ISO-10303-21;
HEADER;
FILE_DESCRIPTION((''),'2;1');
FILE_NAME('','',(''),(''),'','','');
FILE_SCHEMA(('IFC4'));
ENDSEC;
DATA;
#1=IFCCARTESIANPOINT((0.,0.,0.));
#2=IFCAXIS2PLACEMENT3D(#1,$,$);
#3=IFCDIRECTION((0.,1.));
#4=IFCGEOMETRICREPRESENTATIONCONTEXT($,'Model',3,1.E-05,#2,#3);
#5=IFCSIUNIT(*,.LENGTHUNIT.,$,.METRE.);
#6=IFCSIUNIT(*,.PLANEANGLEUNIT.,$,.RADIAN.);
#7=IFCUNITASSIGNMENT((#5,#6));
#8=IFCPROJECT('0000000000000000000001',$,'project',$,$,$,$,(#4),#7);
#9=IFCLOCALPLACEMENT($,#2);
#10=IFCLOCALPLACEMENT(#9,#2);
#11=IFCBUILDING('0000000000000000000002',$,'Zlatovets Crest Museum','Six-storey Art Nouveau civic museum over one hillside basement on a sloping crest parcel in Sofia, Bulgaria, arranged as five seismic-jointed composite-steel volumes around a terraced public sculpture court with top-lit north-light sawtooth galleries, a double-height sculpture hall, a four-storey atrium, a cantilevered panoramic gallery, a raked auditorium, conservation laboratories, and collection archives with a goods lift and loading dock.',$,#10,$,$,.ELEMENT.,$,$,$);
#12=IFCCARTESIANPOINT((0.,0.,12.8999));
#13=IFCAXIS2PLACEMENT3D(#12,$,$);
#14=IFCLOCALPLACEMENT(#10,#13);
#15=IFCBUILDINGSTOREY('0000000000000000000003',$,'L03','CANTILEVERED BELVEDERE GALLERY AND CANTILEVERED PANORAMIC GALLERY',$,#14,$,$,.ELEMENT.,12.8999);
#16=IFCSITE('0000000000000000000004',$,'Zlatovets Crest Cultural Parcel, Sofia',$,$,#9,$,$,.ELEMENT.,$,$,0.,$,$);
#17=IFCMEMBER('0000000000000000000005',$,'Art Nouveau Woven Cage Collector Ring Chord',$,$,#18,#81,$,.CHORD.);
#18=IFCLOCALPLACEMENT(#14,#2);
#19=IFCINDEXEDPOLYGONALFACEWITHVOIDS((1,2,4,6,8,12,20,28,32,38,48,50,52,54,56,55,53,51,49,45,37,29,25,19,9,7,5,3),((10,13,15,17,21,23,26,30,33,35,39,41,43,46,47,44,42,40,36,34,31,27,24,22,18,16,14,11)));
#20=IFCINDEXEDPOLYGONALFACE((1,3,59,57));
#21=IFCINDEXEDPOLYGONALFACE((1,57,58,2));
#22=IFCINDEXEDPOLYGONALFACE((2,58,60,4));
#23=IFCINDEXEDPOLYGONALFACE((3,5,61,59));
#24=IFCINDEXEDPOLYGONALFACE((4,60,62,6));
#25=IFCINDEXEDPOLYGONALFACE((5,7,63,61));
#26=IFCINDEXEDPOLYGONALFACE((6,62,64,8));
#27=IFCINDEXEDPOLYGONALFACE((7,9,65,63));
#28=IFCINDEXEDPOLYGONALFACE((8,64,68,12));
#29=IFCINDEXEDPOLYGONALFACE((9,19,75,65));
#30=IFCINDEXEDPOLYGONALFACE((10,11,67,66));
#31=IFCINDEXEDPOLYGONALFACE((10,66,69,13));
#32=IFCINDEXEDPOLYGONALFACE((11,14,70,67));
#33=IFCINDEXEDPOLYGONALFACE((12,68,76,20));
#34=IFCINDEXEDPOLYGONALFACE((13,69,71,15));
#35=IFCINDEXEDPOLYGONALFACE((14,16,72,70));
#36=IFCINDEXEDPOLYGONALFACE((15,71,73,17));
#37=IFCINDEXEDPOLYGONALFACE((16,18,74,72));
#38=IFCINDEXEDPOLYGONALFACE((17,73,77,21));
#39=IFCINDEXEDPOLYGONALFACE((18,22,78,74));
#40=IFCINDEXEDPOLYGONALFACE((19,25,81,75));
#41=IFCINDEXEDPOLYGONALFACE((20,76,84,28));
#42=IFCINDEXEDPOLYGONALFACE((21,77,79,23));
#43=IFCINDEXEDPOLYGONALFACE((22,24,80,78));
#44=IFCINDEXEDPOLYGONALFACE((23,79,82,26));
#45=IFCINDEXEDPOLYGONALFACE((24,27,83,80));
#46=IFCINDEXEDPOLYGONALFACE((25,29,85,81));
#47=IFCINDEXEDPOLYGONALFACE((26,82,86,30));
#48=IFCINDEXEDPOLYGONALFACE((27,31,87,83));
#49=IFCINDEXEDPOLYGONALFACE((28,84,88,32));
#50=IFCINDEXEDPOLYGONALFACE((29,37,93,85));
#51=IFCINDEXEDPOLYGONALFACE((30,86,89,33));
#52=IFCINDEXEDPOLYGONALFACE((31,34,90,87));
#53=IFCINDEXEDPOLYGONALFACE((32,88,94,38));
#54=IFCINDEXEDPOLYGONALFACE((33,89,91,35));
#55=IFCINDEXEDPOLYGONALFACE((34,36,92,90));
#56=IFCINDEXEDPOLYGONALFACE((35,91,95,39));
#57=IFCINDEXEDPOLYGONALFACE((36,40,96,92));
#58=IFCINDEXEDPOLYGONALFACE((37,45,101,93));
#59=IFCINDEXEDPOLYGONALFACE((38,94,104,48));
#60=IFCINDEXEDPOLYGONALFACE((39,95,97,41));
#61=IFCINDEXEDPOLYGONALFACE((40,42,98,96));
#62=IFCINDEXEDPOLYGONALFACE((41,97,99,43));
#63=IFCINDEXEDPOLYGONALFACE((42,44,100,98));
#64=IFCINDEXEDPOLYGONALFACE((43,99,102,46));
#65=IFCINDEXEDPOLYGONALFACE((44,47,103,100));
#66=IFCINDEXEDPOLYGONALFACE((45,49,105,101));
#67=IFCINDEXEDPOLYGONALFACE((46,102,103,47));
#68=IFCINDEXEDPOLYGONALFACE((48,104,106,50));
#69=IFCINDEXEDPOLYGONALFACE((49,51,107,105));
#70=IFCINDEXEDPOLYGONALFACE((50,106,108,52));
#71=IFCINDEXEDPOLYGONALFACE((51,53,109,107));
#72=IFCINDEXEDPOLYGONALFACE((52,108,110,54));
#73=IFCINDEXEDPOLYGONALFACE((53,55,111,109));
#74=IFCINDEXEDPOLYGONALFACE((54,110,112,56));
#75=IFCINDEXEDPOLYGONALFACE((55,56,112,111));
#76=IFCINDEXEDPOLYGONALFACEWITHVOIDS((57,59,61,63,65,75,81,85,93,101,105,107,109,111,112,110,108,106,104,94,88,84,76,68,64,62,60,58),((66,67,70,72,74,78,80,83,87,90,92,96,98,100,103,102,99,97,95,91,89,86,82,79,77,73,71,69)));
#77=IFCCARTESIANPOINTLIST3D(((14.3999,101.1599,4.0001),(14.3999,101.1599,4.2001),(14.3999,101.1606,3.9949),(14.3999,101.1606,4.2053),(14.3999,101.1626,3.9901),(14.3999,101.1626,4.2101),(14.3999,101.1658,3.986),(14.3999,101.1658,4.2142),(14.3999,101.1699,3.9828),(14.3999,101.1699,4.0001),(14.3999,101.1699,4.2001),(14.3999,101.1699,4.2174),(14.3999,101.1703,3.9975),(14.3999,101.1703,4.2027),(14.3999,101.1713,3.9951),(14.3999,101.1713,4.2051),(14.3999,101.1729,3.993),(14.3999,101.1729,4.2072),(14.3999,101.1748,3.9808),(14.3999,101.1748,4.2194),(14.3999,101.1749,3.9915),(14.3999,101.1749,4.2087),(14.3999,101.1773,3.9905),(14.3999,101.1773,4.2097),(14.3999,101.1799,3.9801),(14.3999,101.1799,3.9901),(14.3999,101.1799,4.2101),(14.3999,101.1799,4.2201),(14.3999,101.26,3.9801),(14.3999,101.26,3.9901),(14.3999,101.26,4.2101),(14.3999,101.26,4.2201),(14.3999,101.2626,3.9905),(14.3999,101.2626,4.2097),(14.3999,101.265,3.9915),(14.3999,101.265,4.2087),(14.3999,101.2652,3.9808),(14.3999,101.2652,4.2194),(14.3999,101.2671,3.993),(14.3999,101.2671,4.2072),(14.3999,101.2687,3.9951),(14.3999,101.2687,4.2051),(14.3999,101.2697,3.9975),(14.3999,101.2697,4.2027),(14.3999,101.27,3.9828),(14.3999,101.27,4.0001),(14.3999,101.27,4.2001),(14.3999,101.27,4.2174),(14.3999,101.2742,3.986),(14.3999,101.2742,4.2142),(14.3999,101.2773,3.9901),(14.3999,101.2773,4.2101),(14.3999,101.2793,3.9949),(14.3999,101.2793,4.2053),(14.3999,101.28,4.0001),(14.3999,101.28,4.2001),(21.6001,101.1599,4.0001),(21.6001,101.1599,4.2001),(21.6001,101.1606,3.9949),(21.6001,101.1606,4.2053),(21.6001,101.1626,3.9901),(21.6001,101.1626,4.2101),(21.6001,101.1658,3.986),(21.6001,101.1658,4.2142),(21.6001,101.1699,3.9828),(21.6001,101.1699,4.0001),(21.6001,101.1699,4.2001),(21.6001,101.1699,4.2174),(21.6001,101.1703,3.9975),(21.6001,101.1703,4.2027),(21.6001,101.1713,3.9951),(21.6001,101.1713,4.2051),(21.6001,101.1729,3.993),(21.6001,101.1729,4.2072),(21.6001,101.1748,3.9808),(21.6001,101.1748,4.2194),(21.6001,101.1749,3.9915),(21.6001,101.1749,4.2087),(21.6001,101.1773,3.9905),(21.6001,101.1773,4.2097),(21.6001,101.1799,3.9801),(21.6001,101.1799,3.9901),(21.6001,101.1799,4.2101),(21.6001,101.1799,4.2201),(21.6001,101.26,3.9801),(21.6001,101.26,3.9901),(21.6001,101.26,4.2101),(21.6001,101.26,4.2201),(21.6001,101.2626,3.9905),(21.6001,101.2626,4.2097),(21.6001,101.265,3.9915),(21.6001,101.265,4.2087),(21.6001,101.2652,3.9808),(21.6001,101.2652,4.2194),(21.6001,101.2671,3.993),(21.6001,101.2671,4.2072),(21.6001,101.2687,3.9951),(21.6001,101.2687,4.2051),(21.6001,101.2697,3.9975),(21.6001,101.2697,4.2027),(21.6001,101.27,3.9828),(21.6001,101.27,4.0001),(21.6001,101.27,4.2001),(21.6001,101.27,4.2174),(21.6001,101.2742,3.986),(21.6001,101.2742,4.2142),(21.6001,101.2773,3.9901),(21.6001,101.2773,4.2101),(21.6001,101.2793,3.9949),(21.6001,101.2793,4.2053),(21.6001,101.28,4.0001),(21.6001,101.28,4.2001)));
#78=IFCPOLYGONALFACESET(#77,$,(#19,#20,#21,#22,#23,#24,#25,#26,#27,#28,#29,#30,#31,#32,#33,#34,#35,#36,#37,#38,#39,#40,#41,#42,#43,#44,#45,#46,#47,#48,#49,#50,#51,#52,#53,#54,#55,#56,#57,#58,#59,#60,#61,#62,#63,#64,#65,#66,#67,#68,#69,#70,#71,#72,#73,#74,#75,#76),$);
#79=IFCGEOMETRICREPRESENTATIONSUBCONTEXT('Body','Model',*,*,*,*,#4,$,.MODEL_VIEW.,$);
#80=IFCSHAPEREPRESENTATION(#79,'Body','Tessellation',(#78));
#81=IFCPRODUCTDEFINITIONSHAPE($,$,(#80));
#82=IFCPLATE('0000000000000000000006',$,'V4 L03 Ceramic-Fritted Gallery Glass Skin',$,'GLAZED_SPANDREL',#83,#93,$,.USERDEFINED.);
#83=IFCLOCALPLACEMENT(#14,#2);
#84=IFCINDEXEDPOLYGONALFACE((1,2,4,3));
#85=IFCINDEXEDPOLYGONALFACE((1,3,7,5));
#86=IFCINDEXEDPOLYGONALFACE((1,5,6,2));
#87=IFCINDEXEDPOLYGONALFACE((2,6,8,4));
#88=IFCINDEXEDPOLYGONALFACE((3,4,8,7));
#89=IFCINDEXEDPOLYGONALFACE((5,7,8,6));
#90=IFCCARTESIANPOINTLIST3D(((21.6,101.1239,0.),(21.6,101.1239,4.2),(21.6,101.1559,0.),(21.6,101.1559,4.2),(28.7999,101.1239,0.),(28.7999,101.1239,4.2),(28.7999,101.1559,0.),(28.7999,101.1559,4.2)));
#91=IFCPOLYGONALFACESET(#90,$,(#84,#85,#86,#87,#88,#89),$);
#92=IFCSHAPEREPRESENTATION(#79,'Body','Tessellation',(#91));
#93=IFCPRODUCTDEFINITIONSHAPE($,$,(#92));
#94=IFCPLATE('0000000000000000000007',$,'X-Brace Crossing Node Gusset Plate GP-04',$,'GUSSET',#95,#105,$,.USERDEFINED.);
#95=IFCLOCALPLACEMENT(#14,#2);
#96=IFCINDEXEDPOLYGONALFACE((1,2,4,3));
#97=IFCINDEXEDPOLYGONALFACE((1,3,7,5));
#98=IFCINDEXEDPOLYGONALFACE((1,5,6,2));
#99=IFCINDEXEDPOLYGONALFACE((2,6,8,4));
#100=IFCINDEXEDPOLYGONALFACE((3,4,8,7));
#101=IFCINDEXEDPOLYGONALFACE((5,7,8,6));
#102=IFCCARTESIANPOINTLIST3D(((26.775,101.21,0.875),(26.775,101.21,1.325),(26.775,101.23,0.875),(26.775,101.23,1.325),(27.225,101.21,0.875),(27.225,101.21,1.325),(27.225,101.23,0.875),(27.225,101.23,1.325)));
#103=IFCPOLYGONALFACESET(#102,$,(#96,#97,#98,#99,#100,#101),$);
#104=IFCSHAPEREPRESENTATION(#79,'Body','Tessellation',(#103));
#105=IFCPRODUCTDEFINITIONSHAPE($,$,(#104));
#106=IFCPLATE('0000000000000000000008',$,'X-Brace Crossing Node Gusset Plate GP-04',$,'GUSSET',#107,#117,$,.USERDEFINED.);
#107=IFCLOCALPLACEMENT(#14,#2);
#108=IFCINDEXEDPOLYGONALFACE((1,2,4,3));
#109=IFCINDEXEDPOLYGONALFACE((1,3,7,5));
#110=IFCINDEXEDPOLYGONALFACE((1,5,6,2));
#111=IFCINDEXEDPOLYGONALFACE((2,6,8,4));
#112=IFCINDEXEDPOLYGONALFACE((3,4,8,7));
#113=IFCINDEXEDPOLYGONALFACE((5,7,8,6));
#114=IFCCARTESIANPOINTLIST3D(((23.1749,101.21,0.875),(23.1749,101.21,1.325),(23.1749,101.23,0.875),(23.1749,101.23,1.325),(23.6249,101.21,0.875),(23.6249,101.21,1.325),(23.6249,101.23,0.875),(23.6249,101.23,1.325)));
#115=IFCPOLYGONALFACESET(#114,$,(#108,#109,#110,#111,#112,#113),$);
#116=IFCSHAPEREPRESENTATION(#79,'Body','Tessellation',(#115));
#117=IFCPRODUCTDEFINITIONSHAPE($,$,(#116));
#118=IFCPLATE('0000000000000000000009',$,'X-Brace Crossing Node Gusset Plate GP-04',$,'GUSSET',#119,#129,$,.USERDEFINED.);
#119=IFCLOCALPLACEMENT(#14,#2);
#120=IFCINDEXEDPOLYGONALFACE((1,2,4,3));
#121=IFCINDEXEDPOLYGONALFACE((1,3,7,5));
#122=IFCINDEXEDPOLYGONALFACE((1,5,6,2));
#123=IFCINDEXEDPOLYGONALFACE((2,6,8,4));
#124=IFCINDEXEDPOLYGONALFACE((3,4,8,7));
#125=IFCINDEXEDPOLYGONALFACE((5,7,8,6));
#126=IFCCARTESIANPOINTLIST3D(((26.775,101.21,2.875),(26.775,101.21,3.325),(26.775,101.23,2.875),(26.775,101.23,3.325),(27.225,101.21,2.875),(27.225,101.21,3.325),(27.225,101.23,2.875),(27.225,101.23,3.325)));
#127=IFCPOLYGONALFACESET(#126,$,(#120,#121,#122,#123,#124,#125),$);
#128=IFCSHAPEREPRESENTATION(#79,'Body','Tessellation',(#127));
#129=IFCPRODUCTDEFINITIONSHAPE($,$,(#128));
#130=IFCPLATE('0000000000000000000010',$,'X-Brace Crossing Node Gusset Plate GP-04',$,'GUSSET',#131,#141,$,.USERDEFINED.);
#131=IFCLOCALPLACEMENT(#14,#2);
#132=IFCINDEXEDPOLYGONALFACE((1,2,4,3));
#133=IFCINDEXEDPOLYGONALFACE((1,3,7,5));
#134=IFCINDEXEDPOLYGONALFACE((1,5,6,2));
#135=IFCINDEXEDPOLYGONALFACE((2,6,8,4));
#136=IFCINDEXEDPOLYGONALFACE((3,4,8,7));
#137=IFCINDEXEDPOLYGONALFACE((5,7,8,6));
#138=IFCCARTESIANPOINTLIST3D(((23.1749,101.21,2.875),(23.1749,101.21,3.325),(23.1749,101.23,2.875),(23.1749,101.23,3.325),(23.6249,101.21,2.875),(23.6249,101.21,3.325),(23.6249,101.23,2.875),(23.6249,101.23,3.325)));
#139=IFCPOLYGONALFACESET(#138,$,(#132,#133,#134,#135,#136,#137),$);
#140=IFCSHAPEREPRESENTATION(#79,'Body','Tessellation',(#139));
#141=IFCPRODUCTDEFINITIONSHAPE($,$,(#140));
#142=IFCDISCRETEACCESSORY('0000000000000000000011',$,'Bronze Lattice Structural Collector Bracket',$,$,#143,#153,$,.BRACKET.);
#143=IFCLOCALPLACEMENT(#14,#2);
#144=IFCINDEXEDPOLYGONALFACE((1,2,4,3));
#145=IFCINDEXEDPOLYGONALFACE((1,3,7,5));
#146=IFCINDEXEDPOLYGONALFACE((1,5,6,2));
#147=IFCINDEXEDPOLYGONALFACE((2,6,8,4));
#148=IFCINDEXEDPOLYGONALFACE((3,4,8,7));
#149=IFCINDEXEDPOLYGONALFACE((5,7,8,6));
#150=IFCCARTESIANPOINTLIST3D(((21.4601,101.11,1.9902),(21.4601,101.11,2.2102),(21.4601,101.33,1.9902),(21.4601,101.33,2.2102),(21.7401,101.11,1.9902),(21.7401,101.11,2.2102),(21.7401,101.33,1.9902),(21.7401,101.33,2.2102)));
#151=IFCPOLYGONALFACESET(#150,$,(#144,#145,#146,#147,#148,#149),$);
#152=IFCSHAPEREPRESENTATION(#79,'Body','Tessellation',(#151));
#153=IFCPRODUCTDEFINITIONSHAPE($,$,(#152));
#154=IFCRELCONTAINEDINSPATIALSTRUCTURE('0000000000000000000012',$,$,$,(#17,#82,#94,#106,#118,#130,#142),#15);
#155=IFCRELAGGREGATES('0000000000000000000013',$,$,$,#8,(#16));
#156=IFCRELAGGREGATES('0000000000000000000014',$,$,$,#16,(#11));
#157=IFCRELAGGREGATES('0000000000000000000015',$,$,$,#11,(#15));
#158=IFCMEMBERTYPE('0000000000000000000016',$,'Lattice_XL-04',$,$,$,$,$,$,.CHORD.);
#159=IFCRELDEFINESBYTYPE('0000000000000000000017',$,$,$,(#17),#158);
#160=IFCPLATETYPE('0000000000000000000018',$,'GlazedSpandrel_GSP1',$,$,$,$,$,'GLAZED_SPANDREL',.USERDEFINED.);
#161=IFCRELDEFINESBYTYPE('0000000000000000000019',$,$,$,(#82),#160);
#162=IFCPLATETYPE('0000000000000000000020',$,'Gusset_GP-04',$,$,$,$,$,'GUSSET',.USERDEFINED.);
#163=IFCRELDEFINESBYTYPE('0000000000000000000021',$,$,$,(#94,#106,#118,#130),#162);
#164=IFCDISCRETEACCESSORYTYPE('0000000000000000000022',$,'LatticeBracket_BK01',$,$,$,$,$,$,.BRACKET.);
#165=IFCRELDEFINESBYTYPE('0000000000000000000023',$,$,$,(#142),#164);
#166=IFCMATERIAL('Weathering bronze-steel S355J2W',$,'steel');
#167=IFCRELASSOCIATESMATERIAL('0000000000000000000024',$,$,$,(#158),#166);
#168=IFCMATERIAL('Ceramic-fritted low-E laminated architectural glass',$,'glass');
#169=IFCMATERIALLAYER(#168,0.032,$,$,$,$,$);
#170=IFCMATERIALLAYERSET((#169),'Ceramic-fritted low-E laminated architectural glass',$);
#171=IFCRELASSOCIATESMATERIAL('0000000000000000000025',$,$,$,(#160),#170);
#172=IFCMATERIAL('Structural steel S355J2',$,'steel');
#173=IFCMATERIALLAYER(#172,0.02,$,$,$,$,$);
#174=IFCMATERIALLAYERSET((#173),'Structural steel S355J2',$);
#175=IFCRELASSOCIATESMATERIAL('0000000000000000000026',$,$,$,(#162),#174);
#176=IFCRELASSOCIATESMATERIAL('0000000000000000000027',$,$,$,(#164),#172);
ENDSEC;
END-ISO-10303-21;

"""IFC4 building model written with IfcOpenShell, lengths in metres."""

from ifc_helpers import new_model, si_unit, direction, frame, origin, origin_2d, place, context, subcontext, project, spatial, rectangle, hollow_rectangle, extrude, material, layer, layer_set, material_profile, profile_set, type_object, element, save


model = new_model("IFC4")

# Units and contexts
model_context = context("Model", 3, precision=1e-05, world=origin(), true_north=direction((0.0, 1.0)))
body_context = subcontext(model_context, "Body", "Model", "MODEL_VIEW")
ifc_project = project(units=[si_unit("LENGTHUNIT", "METRE"), si_unit("PLANEANGLEUNIT", "RADIAN")], contexts=[model_context])

# Site, building, storey
site_placement = place(None, origin())
site = spatial("IfcSite", under=ifc_project, at=site_placement, Name="Zlatovets Crest Cultural Parcel, Sofia", CompositionType="ELEMENT", RefElevation=0.0)
building_placement = place(site_placement, origin())
building = spatial("IfcBuilding", under=site, at=building_placement, Name="Zlatovets Crest Museum", Description="Six-storey Art Nouveau civic museum over one hillside basement on a sloping crest parcel in Sofia, Bulgaria, arranged as five seismic-jointed composite-steel volumes around a terraced public sculpture court with top-lit north-light sawtooth galleries, a double-height sculpture hall, a four-storey atrium, a cantilevered panoramic gallery, a raked auditorium, conservation laboratories, and collection archives with a goods lift and loading dock.", CompositionType="ELEMENT")
storey_placement = place(building_placement, frame((0.0, 0.0, 12.8999)))
storey = spatial("IfcBuildingStorey", under=building, at=storey_placement, Name="L03", Description="CANTILEVERED BELVEDERE GALLERY AND CANTILEVERED PANORAMIC GALLERY", CompositionType="ELEMENT", Elevation=12.8999)

# Shared definitions
ifc_material_1 = material(Name="Structural steel S355J2", Category="steel")

# Member
ifc_material_2 = material(Name="Weathering bronze-steel S355J2W", Category="steel")
ifc_material_profile_1 = material_profile(ifc_material_2, hollow_rectangle(XDim=0.1201, YDim=0.24, WallThickness=0.01, InnerFilletRadius=0.01, OuterFilletRadius=0.02, at=origin_2d()), Name="RHS 120x240x10.0")
ifc_profile_set_1 = profile_set([ifc_material_profile_1], Name="Weathering bronze-steel S355J2W")
member_type_1 = type_object("IfcMemberType", Name="Lattice_XL-04", PredefinedType="CHORD", material=ifc_profile_set_1)
member_1_placement = place(storey_placement, frame((21.6001, 101.22, 4.1001), z_axis=(-1.0, 0.0, 0.0), x_axis=(0.0, -1.0, 0.0)))
element("IfcMember", 1, at=member_1_placement, inside=storey, type_object=member_type_1, Name="Art Nouveau Woven Cage Collector Ring Chord", PredefinedType="CHORD", context=body_context, shape_type="SweptSolid", body=[
    extrude(hollow_rectangle(XDim=0.1201, YDim=0.24, WallThickness=0.01, InnerFilletRadius=0.01, OuterFilletRadius=0.02, at=origin_2d()), origin(), (0.0, 0.0, 1.0), 7.2002),
])

# Plates
ifc_material_3 = material(Name="Ceramic-fritted low-E laminated architectural glass", Category="glass")
ifc_layer_1 = layer(ifc_material_3, 0.032)
ifc_layer_set_1 = layer_set([ifc_layer_1], Name="Ceramic-fritted low-E laminated architectural glass")
plate_type_1 = type_object("IfcPlateType", Name="GlazedSpandrel_GSP1", ElementType="GLAZED_SPANDREL", PredefinedType="USERDEFINED", material=ifc_layer_set_1)
plate_placement = place(storey_placement, frame((25.2, 101.1399, 0.0), z_axis=(0.0, 0.0, 1.0), x_axis=(1.0, 0.0, 0.0)))
element("IfcPlate", 2, at=plate_placement, inside=storey, type_object=plate_type_1, Name="V4 L03 Ceramic-Fritted Gallery Glass Skin", ObjectType="GLAZED_SPANDREL", PredefinedType="USERDEFINED", context=body_context, shape_type="SweptSolid", body=[
    extrude(rectangle(XDim=7.2, YDim=0.032, at=origin_2d()), origin(), (0.0, 0.0, 1.0), 4.2),
])
ifc_layer_2 = layer(ifc_material_1, 0.02)
ifc_layer_set_2 = layer_set([ifc_layer_2], Name="Structural steel S355J2")
plate_type_2 = type_object("IfcPlateType", Name="Gusset_GP-04", ElementType="GUSSET", PredefinedType="USERDEFINED", material=ifc_layer_set_2)
for number, where, z_axis, x_axis, name in (
    (3, (27.0, 101.22, 0.875), (0.0, 0.0, 1.0), (1.0, 0.0, 0.0), "X-Brace Crossing Node Gusset Plate GP-04"),
    (4, (23.3999, 101.22, 0.875), (0.0, 0.0, 1.0), (1.0, 0.0, 0.0), "X-Brace Crossing Node Gusset Plate GP-04"),
    (5, (27.0, 101.22, 2.875), (0.0, 0.0, 1.0), (1.0, 0.0, 0.0), "X-Brace Crossing Node Gusset Plate GP-04"),
    (6, (23.3999, 101.22, 2.875), (0.0, 0.0, 1.0), (1.0, 0.0, 0.0), "X-Brace Crossing Node Gusset Plate GP-04"),
):
    element("IfcPlate", number, at=place(storey_placement, frame(where, z_axis=z_axis, x_axis=x_axis)), inside=storey, type_object=plate_type_2, Name=name, ObjectType="GUSSET", PredefinedType="USERDEFINED", context=body_context, shape_type="SweptSolid", body=[
        extrude(rectangle(XDim=0.45, YDim=0.02, at=origin_2d()), origin(), (0.0, 0.0, 1.0), 0.45),
    ])

# Discrete accessory
discrete_accessory_type = type_object("IfcDiscreteAccessoryType", Name="LatticeBracket_BK01", PredefinedType="BRACKET", material=ifc_material_1)
discrete_accessory_placement = place(storey_placement, frame((21.6001, 101.22, 1.9902), z_axis=(0.0, 0.0, 1.0), x_axis=(1.0, 0.0, 0.0)))
element("IfcDiscreteAccessory", 7, at=discrete_accessory_placement, inside=storey, type_object=discrete_accessory_type, Name="Bronze Lattice Structural Collector Bracket", PredefinedType="BRACKET", context=body_context, shape_type="SweptSolid", body=[
    extrude(rectangle(XDim=0.28, YDim=0.22, at=origin_2d()), origin(), (0.0, 0.0, 1.0), 0.22),
])

save(model, "model.ifc")
